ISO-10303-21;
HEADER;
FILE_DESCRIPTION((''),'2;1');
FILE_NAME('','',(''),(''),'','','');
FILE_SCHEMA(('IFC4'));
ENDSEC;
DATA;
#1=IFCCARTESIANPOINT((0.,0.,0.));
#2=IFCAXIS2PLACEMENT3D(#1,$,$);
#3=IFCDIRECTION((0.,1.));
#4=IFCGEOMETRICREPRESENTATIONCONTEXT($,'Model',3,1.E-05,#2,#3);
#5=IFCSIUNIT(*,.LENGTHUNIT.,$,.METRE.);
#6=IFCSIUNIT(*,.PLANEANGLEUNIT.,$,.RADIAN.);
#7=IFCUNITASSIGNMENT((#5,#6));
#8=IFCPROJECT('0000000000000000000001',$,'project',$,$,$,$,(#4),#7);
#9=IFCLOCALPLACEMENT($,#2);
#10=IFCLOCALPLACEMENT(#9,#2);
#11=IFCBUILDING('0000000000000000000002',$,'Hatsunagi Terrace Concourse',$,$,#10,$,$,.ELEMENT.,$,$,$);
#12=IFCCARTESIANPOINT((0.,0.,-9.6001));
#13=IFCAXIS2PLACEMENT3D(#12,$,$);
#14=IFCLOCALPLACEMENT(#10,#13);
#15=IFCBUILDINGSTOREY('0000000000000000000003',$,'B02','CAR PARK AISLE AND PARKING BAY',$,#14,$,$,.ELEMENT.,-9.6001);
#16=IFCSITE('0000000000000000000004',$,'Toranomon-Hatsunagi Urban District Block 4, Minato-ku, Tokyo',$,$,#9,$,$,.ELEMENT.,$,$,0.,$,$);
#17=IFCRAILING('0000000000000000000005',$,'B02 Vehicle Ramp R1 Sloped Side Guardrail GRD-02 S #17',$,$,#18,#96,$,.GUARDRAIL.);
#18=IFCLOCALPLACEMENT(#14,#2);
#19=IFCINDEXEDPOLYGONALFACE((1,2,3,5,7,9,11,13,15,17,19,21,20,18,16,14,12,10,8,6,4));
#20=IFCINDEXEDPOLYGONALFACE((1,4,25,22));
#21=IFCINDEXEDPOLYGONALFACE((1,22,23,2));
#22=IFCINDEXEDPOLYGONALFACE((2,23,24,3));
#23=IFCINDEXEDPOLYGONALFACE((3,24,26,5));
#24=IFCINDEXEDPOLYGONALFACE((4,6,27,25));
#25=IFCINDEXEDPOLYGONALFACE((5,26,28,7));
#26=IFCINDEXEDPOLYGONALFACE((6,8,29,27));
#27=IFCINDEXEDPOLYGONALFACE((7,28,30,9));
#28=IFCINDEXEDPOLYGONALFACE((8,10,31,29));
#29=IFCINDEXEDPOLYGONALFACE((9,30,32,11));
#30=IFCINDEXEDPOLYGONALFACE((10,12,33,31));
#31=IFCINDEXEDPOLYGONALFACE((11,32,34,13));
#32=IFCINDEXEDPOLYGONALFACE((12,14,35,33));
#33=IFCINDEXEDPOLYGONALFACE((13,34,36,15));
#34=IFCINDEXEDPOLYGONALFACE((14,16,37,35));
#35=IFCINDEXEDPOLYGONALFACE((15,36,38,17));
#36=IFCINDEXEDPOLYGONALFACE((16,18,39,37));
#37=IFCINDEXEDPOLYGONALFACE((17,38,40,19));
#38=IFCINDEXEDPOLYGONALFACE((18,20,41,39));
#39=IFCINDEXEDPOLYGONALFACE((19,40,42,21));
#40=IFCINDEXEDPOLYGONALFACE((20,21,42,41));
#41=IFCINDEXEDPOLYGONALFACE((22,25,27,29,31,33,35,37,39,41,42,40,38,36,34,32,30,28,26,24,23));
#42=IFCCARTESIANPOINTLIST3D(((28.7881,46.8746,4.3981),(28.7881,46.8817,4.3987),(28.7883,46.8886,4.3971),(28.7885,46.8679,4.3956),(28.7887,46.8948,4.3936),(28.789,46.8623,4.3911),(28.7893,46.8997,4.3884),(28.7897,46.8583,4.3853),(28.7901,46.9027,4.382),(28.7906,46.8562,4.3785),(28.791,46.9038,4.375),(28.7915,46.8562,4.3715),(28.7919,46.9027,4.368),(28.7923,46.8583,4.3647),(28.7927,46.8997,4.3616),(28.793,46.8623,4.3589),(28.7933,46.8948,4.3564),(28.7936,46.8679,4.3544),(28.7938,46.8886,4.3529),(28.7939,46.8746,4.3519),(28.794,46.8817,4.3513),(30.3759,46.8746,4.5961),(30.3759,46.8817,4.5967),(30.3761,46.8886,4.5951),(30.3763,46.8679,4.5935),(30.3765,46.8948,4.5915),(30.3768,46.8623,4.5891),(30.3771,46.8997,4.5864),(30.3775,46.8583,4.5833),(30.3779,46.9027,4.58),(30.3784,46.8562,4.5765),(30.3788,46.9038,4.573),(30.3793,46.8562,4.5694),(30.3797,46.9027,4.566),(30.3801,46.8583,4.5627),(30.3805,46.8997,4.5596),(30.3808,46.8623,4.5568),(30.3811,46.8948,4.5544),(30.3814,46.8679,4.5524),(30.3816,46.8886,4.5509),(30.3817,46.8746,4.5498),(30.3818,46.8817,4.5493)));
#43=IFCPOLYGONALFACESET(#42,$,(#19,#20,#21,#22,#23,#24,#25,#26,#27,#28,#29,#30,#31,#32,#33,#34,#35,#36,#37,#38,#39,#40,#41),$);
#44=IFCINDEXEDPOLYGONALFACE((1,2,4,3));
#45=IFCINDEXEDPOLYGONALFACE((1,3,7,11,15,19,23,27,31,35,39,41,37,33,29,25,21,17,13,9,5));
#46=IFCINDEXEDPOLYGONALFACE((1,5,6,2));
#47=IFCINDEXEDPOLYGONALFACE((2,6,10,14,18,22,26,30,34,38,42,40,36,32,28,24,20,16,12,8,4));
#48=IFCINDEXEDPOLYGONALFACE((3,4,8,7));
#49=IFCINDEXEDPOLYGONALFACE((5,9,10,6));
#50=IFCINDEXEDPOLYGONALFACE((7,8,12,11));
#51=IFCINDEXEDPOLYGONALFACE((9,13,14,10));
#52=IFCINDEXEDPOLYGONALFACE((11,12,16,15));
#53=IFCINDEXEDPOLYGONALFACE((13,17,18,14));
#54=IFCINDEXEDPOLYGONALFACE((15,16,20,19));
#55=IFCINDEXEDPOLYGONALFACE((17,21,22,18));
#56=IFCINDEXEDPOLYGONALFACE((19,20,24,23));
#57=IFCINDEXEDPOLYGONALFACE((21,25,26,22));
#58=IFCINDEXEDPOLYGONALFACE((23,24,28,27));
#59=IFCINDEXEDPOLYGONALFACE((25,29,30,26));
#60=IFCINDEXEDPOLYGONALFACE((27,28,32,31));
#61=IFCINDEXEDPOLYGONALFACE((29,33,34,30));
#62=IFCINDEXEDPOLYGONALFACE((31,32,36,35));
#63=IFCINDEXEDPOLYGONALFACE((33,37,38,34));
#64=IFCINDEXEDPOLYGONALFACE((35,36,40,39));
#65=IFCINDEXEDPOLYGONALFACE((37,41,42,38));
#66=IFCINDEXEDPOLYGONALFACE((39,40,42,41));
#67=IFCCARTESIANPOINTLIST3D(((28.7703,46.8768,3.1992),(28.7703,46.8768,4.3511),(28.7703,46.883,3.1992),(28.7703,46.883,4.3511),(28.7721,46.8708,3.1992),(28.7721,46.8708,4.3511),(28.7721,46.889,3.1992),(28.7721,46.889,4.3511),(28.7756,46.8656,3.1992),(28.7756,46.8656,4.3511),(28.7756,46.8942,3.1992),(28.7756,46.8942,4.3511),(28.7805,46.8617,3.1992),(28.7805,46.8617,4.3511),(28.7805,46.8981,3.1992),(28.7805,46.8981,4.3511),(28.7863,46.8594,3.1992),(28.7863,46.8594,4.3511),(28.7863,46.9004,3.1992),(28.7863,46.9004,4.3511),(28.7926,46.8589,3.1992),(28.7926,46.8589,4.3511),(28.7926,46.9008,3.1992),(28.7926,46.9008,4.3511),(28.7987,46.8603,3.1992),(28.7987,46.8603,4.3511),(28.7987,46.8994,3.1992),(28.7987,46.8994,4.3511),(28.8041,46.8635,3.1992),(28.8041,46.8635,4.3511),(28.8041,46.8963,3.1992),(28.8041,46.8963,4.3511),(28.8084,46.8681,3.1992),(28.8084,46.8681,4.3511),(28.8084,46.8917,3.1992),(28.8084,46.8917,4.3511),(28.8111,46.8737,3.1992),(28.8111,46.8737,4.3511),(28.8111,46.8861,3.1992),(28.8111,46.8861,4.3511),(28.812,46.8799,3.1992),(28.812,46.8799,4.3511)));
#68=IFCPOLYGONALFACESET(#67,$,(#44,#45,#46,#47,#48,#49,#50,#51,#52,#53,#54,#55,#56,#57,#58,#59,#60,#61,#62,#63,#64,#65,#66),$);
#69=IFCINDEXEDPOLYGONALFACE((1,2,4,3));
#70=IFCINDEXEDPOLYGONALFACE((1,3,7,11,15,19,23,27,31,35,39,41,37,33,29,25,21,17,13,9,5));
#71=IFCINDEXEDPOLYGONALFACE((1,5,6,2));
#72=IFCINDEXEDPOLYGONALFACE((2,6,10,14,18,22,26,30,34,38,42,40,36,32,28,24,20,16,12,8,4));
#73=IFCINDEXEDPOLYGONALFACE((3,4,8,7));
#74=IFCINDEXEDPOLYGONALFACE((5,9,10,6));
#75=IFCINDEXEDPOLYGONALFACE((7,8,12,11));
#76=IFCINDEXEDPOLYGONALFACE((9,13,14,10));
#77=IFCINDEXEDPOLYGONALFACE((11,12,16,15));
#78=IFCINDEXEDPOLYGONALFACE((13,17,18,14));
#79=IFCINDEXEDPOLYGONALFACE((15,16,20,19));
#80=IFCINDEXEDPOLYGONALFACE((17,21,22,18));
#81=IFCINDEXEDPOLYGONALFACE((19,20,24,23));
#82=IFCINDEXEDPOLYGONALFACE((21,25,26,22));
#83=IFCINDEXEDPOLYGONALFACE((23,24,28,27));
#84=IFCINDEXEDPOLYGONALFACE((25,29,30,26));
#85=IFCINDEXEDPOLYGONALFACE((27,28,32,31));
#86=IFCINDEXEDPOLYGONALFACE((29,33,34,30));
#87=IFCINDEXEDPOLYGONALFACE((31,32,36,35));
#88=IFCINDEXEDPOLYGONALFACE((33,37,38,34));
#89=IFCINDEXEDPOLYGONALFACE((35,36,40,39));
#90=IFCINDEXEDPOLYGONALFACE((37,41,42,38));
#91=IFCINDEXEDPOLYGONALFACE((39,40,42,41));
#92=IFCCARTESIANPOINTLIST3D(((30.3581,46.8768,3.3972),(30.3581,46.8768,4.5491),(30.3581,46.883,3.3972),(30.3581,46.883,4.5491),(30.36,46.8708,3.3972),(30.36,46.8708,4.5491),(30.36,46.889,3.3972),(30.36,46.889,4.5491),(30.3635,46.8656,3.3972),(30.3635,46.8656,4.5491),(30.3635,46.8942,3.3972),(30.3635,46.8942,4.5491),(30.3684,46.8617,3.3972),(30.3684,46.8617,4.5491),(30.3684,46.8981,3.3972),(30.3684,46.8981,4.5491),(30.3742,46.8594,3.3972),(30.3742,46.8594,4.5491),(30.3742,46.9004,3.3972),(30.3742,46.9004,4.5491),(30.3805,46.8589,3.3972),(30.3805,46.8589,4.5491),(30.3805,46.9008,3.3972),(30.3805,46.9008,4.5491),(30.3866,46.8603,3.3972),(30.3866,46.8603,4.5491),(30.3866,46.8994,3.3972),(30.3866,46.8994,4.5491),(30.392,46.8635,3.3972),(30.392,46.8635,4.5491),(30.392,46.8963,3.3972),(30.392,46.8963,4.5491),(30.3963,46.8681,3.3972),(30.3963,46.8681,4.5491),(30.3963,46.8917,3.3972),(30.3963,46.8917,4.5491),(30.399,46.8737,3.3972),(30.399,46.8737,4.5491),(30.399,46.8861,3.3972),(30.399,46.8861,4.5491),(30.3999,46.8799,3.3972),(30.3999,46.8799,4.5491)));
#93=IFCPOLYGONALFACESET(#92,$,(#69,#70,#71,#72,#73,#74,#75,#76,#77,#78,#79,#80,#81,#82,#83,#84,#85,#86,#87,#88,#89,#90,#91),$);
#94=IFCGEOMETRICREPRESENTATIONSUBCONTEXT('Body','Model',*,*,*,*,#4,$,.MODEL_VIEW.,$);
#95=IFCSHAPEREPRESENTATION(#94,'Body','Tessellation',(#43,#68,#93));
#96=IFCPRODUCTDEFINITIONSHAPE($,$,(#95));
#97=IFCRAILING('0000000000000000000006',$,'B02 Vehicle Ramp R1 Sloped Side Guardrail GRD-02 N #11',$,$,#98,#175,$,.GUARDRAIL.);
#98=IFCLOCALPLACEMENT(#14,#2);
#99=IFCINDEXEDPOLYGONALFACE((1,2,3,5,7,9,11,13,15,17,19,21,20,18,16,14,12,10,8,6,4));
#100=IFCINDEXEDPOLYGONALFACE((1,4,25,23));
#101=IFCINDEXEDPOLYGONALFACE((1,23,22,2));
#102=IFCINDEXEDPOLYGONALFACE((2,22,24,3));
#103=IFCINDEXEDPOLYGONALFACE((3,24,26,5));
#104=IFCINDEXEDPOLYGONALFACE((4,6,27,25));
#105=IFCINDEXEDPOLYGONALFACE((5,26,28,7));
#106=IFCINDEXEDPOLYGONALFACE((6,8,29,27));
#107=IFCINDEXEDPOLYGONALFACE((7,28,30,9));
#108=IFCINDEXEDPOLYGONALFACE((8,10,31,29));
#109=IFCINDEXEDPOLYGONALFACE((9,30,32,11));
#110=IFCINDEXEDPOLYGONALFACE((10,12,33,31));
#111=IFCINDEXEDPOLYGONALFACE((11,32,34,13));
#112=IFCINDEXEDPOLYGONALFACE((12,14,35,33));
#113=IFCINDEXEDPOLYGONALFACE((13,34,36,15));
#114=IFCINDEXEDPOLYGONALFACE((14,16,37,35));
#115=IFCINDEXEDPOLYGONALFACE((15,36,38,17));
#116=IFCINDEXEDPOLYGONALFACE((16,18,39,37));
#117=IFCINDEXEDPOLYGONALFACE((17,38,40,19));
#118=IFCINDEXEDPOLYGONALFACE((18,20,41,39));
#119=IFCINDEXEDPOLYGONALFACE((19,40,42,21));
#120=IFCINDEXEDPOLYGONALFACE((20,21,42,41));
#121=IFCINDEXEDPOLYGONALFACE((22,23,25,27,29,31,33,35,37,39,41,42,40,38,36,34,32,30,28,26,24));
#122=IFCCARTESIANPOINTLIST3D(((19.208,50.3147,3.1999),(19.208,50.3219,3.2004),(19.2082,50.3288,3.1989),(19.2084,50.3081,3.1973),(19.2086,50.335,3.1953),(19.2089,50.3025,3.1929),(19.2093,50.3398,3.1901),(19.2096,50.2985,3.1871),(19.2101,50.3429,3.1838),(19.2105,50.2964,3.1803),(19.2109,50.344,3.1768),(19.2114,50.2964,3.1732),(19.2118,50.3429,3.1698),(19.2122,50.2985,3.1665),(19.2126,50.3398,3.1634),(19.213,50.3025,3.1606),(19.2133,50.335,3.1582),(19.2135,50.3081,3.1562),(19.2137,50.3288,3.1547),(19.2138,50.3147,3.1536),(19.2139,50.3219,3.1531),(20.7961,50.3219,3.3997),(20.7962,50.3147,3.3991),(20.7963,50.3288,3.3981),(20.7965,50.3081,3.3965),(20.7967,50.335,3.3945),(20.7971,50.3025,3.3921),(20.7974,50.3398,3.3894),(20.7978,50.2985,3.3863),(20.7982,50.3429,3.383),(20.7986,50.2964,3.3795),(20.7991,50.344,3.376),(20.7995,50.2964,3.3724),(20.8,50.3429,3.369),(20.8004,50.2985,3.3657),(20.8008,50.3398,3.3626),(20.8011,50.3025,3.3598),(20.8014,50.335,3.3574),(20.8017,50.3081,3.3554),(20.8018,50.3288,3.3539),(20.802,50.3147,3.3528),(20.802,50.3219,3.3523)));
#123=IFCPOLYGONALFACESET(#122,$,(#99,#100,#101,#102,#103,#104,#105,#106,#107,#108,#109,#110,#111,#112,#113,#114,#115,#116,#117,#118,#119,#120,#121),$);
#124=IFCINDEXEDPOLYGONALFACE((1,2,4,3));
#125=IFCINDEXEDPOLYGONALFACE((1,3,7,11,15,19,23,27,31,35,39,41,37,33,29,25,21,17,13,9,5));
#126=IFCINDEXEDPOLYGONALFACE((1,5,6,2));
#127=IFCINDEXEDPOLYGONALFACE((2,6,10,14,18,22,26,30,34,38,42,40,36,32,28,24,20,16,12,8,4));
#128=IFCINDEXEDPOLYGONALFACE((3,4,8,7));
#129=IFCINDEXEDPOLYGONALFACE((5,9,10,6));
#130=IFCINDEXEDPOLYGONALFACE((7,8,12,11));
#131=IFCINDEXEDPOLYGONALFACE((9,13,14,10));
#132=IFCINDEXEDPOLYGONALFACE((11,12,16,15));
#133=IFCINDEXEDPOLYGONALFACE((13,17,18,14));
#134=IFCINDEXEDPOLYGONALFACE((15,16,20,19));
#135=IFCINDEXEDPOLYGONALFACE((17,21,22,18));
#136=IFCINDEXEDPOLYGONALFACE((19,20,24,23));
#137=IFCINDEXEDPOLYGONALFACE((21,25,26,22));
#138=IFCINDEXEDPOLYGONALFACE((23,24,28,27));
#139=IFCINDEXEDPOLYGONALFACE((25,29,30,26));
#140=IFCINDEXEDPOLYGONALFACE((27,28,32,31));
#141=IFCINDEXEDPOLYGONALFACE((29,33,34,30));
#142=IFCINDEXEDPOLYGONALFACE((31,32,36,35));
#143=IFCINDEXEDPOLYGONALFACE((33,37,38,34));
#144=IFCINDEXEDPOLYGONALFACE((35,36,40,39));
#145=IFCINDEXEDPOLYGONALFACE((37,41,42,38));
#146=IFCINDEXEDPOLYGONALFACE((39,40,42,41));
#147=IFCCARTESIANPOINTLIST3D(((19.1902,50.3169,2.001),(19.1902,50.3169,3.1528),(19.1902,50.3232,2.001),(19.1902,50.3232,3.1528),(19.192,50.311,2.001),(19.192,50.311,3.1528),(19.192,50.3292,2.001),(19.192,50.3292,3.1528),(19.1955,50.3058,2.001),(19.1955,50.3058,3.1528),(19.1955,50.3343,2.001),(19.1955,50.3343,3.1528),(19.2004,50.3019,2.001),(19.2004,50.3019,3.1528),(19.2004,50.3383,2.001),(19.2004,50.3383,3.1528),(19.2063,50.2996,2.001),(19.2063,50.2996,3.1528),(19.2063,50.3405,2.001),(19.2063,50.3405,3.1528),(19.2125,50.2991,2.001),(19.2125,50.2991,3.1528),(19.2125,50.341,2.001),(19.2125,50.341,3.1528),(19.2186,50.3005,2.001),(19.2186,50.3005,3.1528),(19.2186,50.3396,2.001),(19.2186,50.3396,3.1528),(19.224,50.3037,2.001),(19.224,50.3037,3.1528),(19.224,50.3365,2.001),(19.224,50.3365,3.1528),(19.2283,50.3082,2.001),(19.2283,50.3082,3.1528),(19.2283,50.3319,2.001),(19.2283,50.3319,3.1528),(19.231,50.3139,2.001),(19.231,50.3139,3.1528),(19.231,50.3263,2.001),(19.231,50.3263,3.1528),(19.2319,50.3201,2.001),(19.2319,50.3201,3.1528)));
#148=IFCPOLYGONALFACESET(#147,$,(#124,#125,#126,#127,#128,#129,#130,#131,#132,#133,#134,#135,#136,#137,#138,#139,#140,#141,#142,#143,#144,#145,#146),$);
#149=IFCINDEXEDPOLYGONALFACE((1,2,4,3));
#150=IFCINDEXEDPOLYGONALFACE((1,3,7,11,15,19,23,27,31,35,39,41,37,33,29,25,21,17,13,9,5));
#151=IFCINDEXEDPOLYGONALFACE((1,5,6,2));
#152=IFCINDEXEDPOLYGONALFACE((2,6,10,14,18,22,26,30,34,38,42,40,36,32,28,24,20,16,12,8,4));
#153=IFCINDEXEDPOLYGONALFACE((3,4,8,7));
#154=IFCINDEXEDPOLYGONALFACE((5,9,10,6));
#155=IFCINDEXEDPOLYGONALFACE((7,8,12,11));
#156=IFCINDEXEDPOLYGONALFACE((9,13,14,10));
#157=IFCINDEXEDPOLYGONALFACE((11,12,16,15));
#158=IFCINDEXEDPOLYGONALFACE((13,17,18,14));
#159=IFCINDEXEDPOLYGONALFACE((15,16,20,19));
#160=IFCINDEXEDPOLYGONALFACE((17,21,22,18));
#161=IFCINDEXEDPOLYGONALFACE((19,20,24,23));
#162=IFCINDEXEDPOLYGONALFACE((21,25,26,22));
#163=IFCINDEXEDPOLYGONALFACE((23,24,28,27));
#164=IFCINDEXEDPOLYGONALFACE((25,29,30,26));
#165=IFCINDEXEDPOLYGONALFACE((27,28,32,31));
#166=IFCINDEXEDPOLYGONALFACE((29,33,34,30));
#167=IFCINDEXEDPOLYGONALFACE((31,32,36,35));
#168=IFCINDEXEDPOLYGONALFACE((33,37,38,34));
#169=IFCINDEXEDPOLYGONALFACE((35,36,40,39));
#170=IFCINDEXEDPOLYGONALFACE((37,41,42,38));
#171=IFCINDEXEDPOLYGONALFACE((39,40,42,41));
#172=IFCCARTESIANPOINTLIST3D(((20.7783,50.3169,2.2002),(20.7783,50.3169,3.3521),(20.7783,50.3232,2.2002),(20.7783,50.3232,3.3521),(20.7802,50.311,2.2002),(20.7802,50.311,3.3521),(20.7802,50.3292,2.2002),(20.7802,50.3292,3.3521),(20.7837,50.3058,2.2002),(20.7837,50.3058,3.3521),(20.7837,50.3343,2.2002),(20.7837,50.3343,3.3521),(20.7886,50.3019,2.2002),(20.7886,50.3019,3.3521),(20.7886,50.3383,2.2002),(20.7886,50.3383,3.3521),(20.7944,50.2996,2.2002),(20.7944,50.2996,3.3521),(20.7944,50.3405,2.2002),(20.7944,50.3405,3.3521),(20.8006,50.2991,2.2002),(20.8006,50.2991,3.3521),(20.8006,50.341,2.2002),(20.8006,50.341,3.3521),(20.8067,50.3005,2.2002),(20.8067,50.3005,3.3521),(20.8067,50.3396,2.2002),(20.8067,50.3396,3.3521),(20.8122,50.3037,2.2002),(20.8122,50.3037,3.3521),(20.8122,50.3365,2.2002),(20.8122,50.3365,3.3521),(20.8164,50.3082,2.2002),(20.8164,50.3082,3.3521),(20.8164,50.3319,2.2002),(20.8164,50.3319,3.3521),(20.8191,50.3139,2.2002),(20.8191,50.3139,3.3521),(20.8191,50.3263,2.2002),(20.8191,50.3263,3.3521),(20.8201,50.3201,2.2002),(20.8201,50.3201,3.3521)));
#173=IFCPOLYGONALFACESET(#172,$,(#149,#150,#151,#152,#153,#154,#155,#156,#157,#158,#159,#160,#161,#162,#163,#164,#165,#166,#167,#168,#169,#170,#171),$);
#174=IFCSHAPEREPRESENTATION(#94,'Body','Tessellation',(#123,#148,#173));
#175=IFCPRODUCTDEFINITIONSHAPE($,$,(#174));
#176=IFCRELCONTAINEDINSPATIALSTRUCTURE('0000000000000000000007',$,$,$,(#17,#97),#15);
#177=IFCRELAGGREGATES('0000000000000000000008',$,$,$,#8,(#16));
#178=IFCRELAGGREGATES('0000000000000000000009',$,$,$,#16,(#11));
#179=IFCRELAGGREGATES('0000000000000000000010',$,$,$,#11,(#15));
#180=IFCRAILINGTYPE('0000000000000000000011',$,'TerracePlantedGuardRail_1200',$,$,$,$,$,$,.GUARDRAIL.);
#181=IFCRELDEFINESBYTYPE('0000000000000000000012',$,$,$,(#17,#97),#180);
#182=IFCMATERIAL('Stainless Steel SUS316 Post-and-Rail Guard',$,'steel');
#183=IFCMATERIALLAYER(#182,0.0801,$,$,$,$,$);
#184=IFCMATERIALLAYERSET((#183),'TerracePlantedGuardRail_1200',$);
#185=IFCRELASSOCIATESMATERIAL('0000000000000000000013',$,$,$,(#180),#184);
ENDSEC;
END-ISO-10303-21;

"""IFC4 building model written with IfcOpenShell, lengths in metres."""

from ifc_helpers import new_model, si_unit, direction, frame, origin, origin_2d, place, context, subcontext, project, spatial, circle, extrude, material, layer, layer_set, type_object, element, save


model = new_model("IFC4")

# Units and contexts
model_context = context("Model", 3, precision=1e-05, world=origin(), true_north=direction((0.0, 1.0)))
body_context = subcontext(model_context, "Body", "Model", "MODEL_VIEW")
ifc_project = project(units=[si_unit("LENGTHUNIT", "METRE"), si_unit("PLANEANGLEUNIT", "RADIAN")], contexts=[model_context])

# Site, building, storey
site_placement = place(None, origin())
site = spatial("IfcSite", under=ifc_project, at=site_placement, Name="Toranomon-Hatsunagi Urban District Block 4, Minato-ku, Tokyo", CompositionType="ELEMENT", RefElevation=0.0)
building_placement = place(site_placement, origin())
building = spatial("IfcBuilding", under=site, at=building_placement, Name="Hatsunagi Terrace Concourse", CompositionType="ELEMENT")
storey_placement = place(building_placement, frame((0.0, 0.0, -9.6001)))
storey = spatial("IfcBuildingStorey", under=building, at=storey_placement, Name="B02", Description="CAR PARK AISLE AND PARKING BAY", CompositionType="ELEMENT", Elevation=-9.6001)

# Railings
ifc_material_1 = material(Name="Stainless Steel SUS316 Post-and-Rail Guard", Category="steel")
ifc_layer_1 = layer(ifc_material_1, 0.0801)
ifc_layer_set_1 = layer_set([ifc_layer_1], Name="TerracePlantedGuardRail_1200")
railing_type = type_object("IfcRailingType", Name="TerracePlantedGuardRail_1200", PredefinedType="GUARDRAIL", material=ifc_layer_set_1)
railing_1_placement = place(storey_placement, frame((28.791, 46.8799, 3.1992)))
element("IfcRailing", 1, at=railing_1_placement, inside=storey, type_object=railing_type, Name="B02 Vehicle Ramp R1 Sloped Side Guardrail GRD-02 S #17", PredefinedType="GUARDRAIL", context=body_context, shape_type="SweptSolid", body=[
    extrude(circle(Radius=0.0239, at=origin_2d()), frame((0.0, 0.0, 1.1758), z_axis=(0.992315, 0.0, 0.123734), x_axis=(0.0, 1.0, 0.0)), (0.0, 0.0, 1.0), 1.6001),
    extrude(circle(Radius=0.021, at=origin_2d()), origin(), (0.0, 0.0, 1.0), 1.1519),
    extrude(circle(Radius=0.021, at=origin_2d()), frame((1.5879, 0.0, 0.198)), (0.0, 0.0, 1.0), 1.1519),
])
railing_2_placement = place(storey_placement, frame((19.2109, 50.3201, 2.001)))
element("IfcRailing", 2, at=railing_2_placement, inside=storey, type_object=railing_type, Name="B02 Vehicle Ramp R1 Sloped Side Guardrail GRD-02 N #11", PredefinedType="GUARDRAIL", context=body_context, shape_type="SweptSolid", body=[
    extrude(circle(Radius=0.0239, at=origin_2d()), frame((0.0, 0.0, 1.1758), z_axis=(0.992224, 0.0, 0.124467), x_axis=(0.0, 1.0, 0.0)), (0.0, 0.0, 1.0), 1.6006),
    extrude(circle(Radius=0.021, at=origin_2d()), origin(), (0.0, 0.0, 1.0), 1.1519),
    extrude(circle(Radius=0.021, at=origin_2d()), frame((1.5881, 0.0, 0.1992)), (0.0, 0.0, 1.0), 1.1519),
])

save(model, "model.ifc")
